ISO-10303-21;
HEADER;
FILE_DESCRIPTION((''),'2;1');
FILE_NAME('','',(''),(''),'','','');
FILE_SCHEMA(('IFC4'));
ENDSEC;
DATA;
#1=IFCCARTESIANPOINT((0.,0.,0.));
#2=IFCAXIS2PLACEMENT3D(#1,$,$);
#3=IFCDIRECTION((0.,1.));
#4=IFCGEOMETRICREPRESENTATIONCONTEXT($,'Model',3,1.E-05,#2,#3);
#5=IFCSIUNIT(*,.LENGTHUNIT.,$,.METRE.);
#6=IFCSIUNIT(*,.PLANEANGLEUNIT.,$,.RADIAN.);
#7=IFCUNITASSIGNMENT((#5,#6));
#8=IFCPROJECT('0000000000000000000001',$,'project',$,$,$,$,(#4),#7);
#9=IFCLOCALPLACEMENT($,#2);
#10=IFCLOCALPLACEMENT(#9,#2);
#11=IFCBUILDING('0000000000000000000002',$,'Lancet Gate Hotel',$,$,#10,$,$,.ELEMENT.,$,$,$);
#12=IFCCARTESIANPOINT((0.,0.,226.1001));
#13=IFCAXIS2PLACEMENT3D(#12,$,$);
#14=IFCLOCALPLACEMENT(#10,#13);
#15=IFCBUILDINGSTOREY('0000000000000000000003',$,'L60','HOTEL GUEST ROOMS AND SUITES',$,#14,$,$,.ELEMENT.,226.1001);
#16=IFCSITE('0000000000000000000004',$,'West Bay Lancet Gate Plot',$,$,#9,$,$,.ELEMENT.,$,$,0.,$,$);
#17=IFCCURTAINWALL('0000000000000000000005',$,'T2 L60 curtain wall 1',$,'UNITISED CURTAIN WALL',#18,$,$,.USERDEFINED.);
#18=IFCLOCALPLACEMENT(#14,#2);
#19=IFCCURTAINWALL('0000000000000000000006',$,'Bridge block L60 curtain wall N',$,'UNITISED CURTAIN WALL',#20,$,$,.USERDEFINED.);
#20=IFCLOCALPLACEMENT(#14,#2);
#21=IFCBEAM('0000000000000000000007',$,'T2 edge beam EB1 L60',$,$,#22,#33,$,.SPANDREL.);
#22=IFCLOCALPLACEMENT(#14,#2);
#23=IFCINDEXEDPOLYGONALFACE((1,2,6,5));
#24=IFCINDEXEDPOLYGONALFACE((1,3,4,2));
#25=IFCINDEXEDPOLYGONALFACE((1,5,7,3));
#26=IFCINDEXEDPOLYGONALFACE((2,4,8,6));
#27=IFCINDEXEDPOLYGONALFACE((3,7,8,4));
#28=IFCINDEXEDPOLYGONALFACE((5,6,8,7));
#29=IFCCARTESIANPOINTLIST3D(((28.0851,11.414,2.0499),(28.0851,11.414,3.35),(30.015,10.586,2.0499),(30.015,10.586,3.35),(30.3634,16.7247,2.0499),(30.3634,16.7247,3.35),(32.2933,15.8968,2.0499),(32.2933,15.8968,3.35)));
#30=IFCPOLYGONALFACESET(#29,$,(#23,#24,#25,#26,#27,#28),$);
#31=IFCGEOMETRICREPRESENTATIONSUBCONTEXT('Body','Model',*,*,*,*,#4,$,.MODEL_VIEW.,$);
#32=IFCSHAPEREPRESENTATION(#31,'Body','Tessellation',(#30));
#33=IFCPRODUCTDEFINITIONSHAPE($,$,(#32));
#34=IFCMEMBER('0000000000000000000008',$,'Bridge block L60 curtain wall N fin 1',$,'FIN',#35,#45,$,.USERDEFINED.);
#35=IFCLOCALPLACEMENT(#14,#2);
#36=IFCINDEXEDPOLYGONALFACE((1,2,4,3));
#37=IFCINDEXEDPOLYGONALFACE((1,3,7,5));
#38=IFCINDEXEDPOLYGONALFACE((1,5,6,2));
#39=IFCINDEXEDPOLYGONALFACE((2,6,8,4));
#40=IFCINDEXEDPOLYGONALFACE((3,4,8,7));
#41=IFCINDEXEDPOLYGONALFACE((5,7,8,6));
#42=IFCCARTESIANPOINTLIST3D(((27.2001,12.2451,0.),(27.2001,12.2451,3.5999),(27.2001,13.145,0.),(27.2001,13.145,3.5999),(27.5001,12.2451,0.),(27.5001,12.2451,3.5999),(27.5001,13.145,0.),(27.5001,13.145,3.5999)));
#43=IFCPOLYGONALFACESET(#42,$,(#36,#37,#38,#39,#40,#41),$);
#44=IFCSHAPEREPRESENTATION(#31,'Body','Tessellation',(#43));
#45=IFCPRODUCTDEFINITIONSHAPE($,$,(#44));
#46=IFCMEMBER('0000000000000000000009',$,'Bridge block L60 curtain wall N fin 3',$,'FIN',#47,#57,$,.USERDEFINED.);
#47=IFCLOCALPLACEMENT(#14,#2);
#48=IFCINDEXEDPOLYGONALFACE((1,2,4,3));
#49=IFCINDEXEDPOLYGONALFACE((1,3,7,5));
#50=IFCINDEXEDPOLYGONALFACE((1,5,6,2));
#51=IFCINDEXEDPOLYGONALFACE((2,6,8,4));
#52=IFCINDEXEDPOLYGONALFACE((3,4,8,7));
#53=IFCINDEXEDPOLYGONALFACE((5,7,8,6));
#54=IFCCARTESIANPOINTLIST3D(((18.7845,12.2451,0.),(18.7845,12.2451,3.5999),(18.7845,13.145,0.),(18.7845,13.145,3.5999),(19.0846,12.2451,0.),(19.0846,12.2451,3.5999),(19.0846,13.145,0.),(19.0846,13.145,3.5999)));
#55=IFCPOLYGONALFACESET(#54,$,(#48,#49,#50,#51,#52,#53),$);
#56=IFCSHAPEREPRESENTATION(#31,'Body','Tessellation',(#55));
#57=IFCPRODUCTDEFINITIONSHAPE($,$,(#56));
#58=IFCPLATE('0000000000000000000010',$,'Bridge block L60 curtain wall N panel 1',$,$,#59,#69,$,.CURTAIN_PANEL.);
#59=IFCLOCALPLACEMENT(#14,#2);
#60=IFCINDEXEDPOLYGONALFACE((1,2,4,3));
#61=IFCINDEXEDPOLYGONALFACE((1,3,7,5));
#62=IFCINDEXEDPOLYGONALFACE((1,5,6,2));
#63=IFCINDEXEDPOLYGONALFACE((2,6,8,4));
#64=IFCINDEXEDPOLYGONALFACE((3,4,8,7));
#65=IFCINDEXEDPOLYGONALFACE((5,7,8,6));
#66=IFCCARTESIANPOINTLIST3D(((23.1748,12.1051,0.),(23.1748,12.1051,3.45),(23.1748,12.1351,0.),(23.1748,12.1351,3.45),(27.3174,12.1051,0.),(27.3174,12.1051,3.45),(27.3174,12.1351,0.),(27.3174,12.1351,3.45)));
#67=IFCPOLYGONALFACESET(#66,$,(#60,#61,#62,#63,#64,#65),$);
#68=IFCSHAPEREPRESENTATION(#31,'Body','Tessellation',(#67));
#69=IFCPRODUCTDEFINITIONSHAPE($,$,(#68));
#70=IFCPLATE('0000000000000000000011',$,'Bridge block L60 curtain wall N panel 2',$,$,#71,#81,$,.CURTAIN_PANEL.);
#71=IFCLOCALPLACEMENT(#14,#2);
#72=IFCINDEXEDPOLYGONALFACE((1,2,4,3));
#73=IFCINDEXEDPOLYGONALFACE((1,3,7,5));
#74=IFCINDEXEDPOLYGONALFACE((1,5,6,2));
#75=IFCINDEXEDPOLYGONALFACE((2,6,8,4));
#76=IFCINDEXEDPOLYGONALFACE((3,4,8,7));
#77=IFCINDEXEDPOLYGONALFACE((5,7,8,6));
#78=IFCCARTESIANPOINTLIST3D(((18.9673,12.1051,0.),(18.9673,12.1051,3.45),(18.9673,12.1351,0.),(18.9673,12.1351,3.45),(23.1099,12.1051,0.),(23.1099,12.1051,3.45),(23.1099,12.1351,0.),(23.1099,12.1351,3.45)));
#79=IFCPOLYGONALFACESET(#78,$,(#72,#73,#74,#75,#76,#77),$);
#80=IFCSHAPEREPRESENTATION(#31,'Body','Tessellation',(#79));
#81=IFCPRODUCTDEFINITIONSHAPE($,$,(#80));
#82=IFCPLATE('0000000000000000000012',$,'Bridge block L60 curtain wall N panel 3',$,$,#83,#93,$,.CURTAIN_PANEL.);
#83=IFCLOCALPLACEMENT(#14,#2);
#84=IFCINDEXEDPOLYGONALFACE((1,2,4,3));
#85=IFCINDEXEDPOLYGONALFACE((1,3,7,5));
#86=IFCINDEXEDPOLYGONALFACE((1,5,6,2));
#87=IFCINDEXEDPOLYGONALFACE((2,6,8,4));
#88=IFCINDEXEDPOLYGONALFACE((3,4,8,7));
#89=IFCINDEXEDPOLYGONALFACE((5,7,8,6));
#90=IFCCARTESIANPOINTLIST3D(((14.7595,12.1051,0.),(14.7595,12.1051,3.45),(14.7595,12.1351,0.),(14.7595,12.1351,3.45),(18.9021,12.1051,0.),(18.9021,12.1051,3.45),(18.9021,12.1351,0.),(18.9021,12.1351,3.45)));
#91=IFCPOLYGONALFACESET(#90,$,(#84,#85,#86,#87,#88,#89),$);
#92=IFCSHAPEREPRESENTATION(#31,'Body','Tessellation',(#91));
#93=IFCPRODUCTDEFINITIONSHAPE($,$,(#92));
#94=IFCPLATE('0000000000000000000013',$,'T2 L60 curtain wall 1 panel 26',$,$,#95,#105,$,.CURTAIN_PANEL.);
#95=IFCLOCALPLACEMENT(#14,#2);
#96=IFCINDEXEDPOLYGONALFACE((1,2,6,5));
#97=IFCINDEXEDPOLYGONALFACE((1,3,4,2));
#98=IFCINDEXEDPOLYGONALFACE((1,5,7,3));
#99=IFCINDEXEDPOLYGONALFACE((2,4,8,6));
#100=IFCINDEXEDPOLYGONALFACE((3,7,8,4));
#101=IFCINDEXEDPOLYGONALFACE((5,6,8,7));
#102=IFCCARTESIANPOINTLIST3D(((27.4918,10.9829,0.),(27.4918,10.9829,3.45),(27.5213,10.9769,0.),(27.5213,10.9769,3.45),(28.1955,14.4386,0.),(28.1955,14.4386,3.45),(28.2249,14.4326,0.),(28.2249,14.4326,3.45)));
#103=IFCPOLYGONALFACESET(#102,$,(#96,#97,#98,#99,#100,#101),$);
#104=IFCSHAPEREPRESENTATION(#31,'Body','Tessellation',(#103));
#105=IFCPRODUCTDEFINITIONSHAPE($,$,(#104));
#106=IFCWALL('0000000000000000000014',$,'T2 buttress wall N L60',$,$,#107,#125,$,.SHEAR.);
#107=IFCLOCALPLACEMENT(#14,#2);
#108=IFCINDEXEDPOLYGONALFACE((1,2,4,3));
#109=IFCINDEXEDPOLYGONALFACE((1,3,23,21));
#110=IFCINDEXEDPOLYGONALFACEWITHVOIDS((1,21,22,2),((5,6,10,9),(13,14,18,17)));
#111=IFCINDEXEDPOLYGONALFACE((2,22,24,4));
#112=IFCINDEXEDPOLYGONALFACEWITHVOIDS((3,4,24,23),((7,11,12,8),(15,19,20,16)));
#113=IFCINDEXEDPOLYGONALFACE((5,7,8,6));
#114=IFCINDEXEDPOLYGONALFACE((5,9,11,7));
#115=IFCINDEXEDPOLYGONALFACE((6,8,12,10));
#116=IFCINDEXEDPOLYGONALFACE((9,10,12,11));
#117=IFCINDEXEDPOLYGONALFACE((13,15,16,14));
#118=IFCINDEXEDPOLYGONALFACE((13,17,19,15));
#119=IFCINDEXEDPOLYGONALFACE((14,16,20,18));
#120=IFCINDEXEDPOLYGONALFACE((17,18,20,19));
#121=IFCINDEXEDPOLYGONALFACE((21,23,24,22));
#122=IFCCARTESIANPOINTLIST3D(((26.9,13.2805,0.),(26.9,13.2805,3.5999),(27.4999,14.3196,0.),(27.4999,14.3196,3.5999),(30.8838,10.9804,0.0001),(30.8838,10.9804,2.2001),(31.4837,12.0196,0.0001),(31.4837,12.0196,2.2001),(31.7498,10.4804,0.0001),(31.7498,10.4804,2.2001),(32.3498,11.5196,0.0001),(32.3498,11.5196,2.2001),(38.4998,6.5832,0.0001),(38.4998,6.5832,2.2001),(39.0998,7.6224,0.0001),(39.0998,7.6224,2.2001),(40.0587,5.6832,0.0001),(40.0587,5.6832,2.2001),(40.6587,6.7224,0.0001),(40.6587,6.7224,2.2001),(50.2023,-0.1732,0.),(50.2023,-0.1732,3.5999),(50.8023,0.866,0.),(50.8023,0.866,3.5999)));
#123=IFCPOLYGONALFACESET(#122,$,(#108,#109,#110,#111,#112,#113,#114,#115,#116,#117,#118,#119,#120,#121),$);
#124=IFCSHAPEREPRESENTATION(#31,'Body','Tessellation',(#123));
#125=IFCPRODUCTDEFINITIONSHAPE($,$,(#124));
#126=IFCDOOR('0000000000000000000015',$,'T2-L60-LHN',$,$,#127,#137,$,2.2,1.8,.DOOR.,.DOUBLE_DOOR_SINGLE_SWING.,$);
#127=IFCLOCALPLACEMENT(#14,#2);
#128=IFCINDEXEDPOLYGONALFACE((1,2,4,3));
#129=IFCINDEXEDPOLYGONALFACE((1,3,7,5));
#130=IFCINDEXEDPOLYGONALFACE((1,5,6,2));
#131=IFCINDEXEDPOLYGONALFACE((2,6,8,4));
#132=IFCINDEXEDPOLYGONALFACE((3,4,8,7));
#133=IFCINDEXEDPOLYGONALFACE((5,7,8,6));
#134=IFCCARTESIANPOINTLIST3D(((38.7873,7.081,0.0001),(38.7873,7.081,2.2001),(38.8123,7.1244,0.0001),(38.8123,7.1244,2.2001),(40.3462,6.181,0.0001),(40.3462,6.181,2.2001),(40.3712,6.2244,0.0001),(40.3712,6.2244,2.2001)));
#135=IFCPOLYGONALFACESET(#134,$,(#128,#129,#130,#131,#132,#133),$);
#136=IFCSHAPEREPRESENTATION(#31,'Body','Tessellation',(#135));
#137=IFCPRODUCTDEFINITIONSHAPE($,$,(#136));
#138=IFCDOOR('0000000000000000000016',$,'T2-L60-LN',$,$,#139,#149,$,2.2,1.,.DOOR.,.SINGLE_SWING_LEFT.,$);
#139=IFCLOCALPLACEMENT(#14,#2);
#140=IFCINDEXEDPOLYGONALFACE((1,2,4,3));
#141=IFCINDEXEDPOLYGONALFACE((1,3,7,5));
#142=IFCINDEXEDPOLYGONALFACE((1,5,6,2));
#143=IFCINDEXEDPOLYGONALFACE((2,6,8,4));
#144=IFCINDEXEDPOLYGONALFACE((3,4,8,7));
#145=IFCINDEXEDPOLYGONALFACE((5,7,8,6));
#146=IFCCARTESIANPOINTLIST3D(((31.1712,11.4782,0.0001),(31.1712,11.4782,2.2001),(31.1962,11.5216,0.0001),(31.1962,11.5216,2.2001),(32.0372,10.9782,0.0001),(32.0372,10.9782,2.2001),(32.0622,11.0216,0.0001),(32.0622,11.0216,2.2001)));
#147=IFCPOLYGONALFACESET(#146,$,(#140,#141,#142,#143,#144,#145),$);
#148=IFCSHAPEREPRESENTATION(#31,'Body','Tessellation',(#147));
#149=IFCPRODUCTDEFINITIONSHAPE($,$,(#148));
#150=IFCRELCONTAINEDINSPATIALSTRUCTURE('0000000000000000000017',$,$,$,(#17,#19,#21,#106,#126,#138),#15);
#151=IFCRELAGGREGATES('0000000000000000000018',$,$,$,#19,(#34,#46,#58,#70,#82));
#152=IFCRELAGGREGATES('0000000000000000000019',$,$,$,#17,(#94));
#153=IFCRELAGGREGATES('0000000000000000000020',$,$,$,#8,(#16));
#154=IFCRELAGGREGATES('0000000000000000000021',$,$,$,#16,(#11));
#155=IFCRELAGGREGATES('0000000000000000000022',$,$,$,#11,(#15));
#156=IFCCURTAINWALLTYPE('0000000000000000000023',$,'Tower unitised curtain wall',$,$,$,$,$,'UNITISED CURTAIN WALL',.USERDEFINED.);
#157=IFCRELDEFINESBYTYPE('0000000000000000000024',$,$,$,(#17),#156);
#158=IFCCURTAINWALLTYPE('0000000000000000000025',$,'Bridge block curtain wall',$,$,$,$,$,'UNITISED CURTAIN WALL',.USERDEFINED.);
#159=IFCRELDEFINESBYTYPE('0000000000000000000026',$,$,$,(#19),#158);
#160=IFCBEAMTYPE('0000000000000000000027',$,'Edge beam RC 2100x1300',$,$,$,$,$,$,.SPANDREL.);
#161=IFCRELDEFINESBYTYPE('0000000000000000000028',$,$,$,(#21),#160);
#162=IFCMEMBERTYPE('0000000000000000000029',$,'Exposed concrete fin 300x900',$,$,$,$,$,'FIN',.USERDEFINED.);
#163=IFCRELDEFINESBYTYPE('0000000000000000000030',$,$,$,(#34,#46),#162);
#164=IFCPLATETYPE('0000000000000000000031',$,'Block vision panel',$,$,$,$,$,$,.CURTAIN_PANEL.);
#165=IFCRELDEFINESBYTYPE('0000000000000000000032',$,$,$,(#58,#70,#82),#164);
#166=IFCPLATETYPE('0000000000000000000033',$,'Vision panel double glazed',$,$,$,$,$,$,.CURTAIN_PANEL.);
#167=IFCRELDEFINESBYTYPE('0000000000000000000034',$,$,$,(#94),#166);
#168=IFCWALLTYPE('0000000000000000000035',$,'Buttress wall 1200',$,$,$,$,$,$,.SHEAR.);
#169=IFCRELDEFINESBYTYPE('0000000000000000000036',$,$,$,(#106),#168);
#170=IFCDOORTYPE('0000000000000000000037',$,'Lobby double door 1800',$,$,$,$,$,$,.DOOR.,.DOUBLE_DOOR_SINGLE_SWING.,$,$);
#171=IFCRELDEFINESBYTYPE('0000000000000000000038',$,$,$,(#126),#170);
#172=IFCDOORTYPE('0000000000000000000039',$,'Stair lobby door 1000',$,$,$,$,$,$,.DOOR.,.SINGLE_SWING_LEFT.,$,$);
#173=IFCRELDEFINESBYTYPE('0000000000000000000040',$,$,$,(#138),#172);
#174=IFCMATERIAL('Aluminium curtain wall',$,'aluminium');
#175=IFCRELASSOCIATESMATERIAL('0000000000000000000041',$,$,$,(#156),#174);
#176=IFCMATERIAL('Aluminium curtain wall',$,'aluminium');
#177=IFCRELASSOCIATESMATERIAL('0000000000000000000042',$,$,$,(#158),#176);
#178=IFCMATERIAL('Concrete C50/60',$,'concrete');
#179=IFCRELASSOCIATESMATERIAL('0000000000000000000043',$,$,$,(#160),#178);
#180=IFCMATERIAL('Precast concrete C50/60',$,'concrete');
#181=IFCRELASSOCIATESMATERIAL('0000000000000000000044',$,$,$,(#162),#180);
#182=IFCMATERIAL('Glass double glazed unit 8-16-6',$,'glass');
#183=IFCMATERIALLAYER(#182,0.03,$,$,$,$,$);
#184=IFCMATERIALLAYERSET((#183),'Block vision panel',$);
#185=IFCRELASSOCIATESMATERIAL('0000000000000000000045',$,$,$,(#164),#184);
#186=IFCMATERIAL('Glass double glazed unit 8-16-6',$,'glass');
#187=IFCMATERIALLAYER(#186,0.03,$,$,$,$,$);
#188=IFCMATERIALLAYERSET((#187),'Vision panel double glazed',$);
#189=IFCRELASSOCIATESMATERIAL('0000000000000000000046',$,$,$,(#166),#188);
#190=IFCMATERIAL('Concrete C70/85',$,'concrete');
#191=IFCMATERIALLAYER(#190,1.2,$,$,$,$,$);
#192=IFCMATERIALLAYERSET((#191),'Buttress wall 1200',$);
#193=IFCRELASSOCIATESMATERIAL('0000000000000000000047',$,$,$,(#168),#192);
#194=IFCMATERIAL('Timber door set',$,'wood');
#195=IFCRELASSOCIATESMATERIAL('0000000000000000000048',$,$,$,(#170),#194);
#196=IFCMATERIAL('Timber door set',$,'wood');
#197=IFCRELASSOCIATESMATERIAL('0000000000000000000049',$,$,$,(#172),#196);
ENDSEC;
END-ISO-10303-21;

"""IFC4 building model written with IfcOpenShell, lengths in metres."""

from ifc_helpers import new_model, si_unit, direction, frame, frame_2d, origin, origin_2d, place, context, subcontext, project, spatial, rectangle, extrude, material, layer, layer_set, material_profile, profile_set, type_object, element, fill, aggregate, save


model = new_model("IFC4")

# Units and contexts
model_context = context("Model", 3, precision=1e-05, world=origin(), true_north=direction((0.0, 1.0)))
body_context = subcontext(model_context, "Body", "Model", "MODEL_VIEW")
ifc_project = project(units=[si_unit("LENGTHUNIT", "METRE"), si_unit("PLANEANGLEUNIT", "RADIAN")], contexts=[model_context])

# Site, building, storey
site_placement = place(None, origin())
site = spatial("IfcSite", under=ifc_project, at=site_placement, Name="West Bay Lancet Gate Plot", CompositionType="ELEMENT", RefElevation=0.0)
building_placement = place(site_placement, origin())
building = spatial("IfcBuilding", under=site, at=building_placement, Name="Lancet Gate Hotel", CompositionType="ELEMENT")
storey_placement = place(building_placement, frame((0.0, 0.0, 226.1001)))
storey = spatial("IfcBuildingStorey", under=building, at=storey_placement, Name="L60", Description="HOTEL GUEST ROOMS AND SUITES", CompositionType="ELEMENT", Elevation=226.1001)

# Curtain wall
ifc_material_1 = material(Name="Aluminium curtain wall", Category="aluminium")
curtain_wall_type_1 = type_object("IfcCurtainWallType", Name="Tower unitised curtain wall", ElementType="UNITISED CURTAIN WALL", PredefinedType="USERDEFINED", material=ifc_material_1)
curtain_wall_1_placement = place(storey_placement, origin())
curtain_wall_1 = element("IfcCurtainWall", 1, at=curtain_wall_1_placement, inside=storey, type_object=curtain_wall_type_1, Name="T2 L60 curtain wall 1", ObjectType="UNITISED CURTAIN WALL", PredefinedType="USERDEFINED")

# Curtain wall
ifc_material_2 = material(Name="Aluminium curtain wall", Category="aluminium")
curtain_wall_type_2 = type_object("IfcCurtainWallType", Name="Bridge block curtain wall", ElementType="UNITISED CURTAIN WALL", PredefinedType="USERDEFINED", material=ifc_material_2)
curtain_wall_2_placement = place(storey_placement, origin())
curtain_wall_2 = element("IfcCurtainWall", 2, at=curtain_wall_2_placement, inside=storey, type_object=curtain_wall_type_2, Name="Bridge block L60 curtain wall N", ObjectType="UNITISED CURTAIN WALL", PredefinedType="USERDEFINED")

# Beam
ifc_material_3 = material(Name="Concrete C50/60", Category="concrete")
ifc_material_profile_1 = material_profile(ifc_material_3, rectangle(XDim=2.1001, YDim=1.3, at=origin_2d()), Name="RC 2100x1300")
ifc_profile_set_1 = profile_set([ifc_material_profile_1], Name="Concrete C50/60")
beam_type_1 = type_object("IfcBeamType", Name="Edge beam RC 2100x1300", PredefinedType="SPANDREL", material=ifc_profile_set_1)
beam_1_placement = place(storey_placement, frame((29.05, 11.0, 2.7), z_axis=(0.394251, 0.919003, 0.0), x_axis=(-0.919003, 0.394251, 0.0)))
element("IfcBeam", 3, at=beam_1_placement, inside=storey, type_object=beam_type_1, Name="T2 edge beam EB1 L60", PredefinedType="SPANDREL", context=body_context, shape_type="SweptSolid", body=[
    extrude(rectangle(XDim=2.1001, YDim=1.3, at=origin_2d()), origin(), (0.0, 0.0, 1.0), 5.7788),
])

# Members
ifc_material_4 = material(Name="Precast concrete C50/60", Category="concrete")
ifc_material_profile_2 = material_profile(ifc_material_4, rectangle(XDim=0.3, YDim=0.8999, at=origin_2d()), Name="FIN 300x900")
ifc_profile_set_2 = profile_set([ifc_material_profile_2], Name="Precast concrete C50/60")
member_type_1 = type_object("IfcMemberType", Name="Exposed concrete fin 300x900", ElementType="FIN", PredefinedType="USERDEFINED", material=ifc_profile_set_2)
member_1_placement = place(storey_placement, frame((27.3501, 12.6951, 0.0), z_axis=(0.0, 0.0, 1.0), x_axis=(-1.0, 0.0, 0.0)))
member_1 = element("IfcMember", 4, at=member_1_placement, type_object=member_type_1, Name="Bridge block L60 curtain wall N fin 1", ObjectType="FIN", PredefinedType="USERDEFINED", context=body_context, shape_type="SweptSolid", body=[
    extrude(rectangle(XDim=0.3, YDim=0.8999, at=origin_2d()), origin(), (0.0, 0.0, 1.0), 3.5999),
])
member_2_placement = place(storey_placement, frame((18.9346, 12.6951, 0.0), z_axis=(0.0, 0.0, 1.0), x_axis=(-1.0, 0.0, 0.0)))
member_2 = element("IfcMember", 5, at=member_2_placement, type_object=member_type_1, Name="Bridge block L60 curtain wall N fin 3", ObjectType="FIN", PredefinedType="USERDEFINED", context=body_context, shape_type="SweptSolid", body=[
    extrude(rectangle(XDim=0.3, YDim=0.8999, at=origin_2d()), origin(), (0.0, 0.0, 1.0), 3.5999),
])

# Plates
ifc_material_5 = material(Name="Glass double glazed unit 8-16-6", Category="glass")
ifc_layer_1 = layer(ifc_material_5, 0.03)
ifc_layer_set_1 = layer_set([ifc_layer_1], Name="Block vision panel")
plate_type_1 = type_object("IfcPlateType", Name="Block vision panel", PredefinedType="CURTAIN_PANEL", material=ifc_layer_set_1)
plate_1_placement = place(storey_placement, frame((25.2461, 12.1201, 0.0), z_axis=(0.0, 0.0, 1.0), x_axis=(-1.0, 0.0, 0.0)))
plate_1 = element("IfcPlate", 6, at=plate_1_placement, type_object=plate_type_1, Name="Bridge block L60 curtain wall N panel 1", PredefinedType="CURTAIN_PANEL", context=body_context, shape_type="SweptSolid", body=[
    extrude(rectangle(XDim=4.1426, YDim=0.03, at=origin_2d()), origin(), (0.0, 0.0, 1.0), 3.45),
])
plate_2_placement = place(storey_placement, frame((21.0386, 12.1201, 0.0), z_axis=(0.0, 0.0, 1.0), x_axis=(-1.0, 0.0, 0.0)))
plate_2 = element("IfcPlate", 7, at=plate_2_placement, type_object=plate_type_1, Name="Bridge block L60 curtain wall N panel 2", PredefinedType="CURTAIN_PANEL", context=body_context, shape_type="SweptSolid", body=[
    extrude(rectangle(XDim=4.1426, YDim=0.03, at=origin_2d()), origin(), (0.0, 0.0, 1.0), 3.45),
])
plate_3_placement = place(storey_placement, frame((16.8308, 12.1201, 0.0), z_axis=(0.0, 0.0, 1.0), x_axis=(-1.0, 0.0, 0.0)))
plate_3 = element("IfcPlate", 8, at=plate_3_placement, type_object=plate_type_1, Name="Bridge block L60 curtain wall N panel 3", PredefinedType="CURTAIN_PANEL", context=body_context, shape_type="SweptSolid", body=[
    extrude(rectangle(XDim=4.1426, YDim=0.03, at=origin_2d()), origin(), (0.0, 0.0, 1.0), 3.45),
])
aggregate(curtain_wall_2, [member_1, member_2, plate_1, plate_2, plate_3])
ifc_material_6 = material(Name="Glass double glazed unit 8-16-6", Category="glass")
ifc_layer_2 = layer(ifc_material_6, 0.03)
ifc_layer_set_2 = layer_set([ifc_layer_2], Name="Vision panel double glazed")
plate_type_2 = type_object("IfcPlateType", Name="Vision panel double glazed", PredefinedType="CURTAIN_PANEL", material=ifc_layer_set_2)
plate_4_placement = place(storey_placement, frame((27.8584, 12.7078, 0.0), z_axis=(0.0, 0.0, 1.0), x_axis=(-0.199533, -0.979891, 0.0)))
plate_4 = element("IfcPlate", 9, at=plate_4_placement, type_object=plate_type_2, Name="T2 L60 curtain wall 1 panel 26", PredefinedType="CURTAIN_PANEL", context=body_context, shape_type="SweptSolid", body=[
    extrude(rectangle(XDim=3.5266, YDim=0.03, at=origin_2d()), origin(), (0.0, 0.0, 1.0), 3.45),
])
aggregate(curtain_wall_1, [plate_4])

# Wall, openings, doors
ifc_material_7 = material(Name="Concrete C70/85", Category="concrete")
ifc_layer_3 = layer(ifc_material_7, 1.2)
ifc_layer_set_3 = layer_set([ifc_layer_3], Name="Buttress wall 1200")
wall_type_1 = type_object("IfcWallType", Name="Buttress wall 1200", PredefinedType="SHEAR", material=ifc_layer_set_3)
wall_1_placement = place(storey_placement, frame((27.2, 13.8, 0.0), z_axis=(0.0, 0.0, 1.0), x_axis=(0.866025, -0.500002, 0.0)))
wall_1 = element("IfcWall", 10, at=wall_1_placement, inside=storey, type_object=wall_type_1, Name="T2 buttress wall N L60", PredefinedType="SHEAR", context=body_context, shape_type="SweptSolid", body=[
    extrude(rectangle(XDim=26.9072, YDim=1.2, at=frame_2d((13.4536, 0.0))), origin(), (0.0, 0.0, 1.0), 3.5999),
])
opening_1_placement = place(wall_1_placement, frame((4.6001, 0.0, 0.0)))
opening_1 = element("IfcOpeningElement", 11, at=opening_1_placement, cuts=wall_1, PredefinedType="OPENING", context=body_context, shape_type="SweptSolid", body=[
    extrude(rectangle(XDim=1.0, YDim=2.2, at=frame_2d((0.5, 1.1001))), frame((0.0, 0.6099, 0.0), z_axis=(0.0, -1.0, 0.0), x_axis=(1.0, 0.0, 0.0)), (0.0, 0.0, 1.0), 1.22),
])
opening_2_placement = place(wall_1_placement, frame((13.3945, 0.0, 0.0)))
opening_2 = element("IfcOpeningElement", 12, at=opening_2_placement, cuts=wall_1, PredefinedType="OPENING", context=body_context, shape_type="SweptSolid", body=[
    extrude(rectangle(XDim=1.8, YDim=2.2, at=frame_2d((0.8999, 1.1001))), frame((0.0, 0.6099, 0.0), z_axis=(0.0, -1.0, 0.0), x_axis=(1.0, 0.0, 0.0)), (0.0, 0.0, 1.0), 1.22),
])
ifc_material_8 = material(Name="Timber door set", Category="wood")
door_type_1 = type_object("IfcDoorType", Name="Lobby double door 1800", OperationType="DOUBLE_DOOR_SINGLE_SWING", PredefinedType="DOOR", material=ifc_material_8)
door_1_placement = place(opening_2_placement, origin())
door_1 = element("IfcDoor", 13, at=door_1_placement, inside=storey, type_object=door_type_1, Name="T2-L60-LHN", OperationType="DOUBLE_DOOR_SINGLE_SWING", OverallHeight=2.2, OverallWidth=1.8, PredefinedType="DOOR", context=body_context, shape_type="SweptSolid", body=[
    extrude(rectangle(XDim=1.8, YDim=2.2, at=frame_2d((0.8999, 1.1001))), frame((0.0, 0.0249, 0.0), z_axis=(0.0, -1.0, 0.0), x_axis=(1.0, 0.0, 0.0)), (0.0, 0.0, 1.0), 0.05),
])
fill(opening_2, door_1)
ifc_material_9 = material(Name="Timber door set", Category="wood")
door_type_2 = type_object("IfcDoorType", Name="Stair lobby door 1000", OperationType="SINGLE_SWING_LEFT", PredefinedType="DOOR", material=ifc_material_9)
door_2_placement = place(opening_1_placement, origin())
door_2 = element("IfcDoor", 14, at=door_2_placement, inside=storey, type_object=door_type_2, Name="T2-L60-LN", OperationType="SINGLE_SWING_LEFT", OverallHeight=2.2, OverallWidth=1.0, PredefinedType="DOOR", context=body_context, shape_type="SweptSolid", body=[
    extrude(rectangle(XDim=1.0, YDim=2.2, at=frame_2d((0.5, 1.1001))), frame((0.0, 0.0249, 0.0), z_axis=(0.0, -1.0, 0.0), x_axis=(1.0, 0.0, 0.0)), (0.0, 0.0, 1.0), 0.05),
])
fill(opening_1, door_2)

save(model, "model.ifc")
